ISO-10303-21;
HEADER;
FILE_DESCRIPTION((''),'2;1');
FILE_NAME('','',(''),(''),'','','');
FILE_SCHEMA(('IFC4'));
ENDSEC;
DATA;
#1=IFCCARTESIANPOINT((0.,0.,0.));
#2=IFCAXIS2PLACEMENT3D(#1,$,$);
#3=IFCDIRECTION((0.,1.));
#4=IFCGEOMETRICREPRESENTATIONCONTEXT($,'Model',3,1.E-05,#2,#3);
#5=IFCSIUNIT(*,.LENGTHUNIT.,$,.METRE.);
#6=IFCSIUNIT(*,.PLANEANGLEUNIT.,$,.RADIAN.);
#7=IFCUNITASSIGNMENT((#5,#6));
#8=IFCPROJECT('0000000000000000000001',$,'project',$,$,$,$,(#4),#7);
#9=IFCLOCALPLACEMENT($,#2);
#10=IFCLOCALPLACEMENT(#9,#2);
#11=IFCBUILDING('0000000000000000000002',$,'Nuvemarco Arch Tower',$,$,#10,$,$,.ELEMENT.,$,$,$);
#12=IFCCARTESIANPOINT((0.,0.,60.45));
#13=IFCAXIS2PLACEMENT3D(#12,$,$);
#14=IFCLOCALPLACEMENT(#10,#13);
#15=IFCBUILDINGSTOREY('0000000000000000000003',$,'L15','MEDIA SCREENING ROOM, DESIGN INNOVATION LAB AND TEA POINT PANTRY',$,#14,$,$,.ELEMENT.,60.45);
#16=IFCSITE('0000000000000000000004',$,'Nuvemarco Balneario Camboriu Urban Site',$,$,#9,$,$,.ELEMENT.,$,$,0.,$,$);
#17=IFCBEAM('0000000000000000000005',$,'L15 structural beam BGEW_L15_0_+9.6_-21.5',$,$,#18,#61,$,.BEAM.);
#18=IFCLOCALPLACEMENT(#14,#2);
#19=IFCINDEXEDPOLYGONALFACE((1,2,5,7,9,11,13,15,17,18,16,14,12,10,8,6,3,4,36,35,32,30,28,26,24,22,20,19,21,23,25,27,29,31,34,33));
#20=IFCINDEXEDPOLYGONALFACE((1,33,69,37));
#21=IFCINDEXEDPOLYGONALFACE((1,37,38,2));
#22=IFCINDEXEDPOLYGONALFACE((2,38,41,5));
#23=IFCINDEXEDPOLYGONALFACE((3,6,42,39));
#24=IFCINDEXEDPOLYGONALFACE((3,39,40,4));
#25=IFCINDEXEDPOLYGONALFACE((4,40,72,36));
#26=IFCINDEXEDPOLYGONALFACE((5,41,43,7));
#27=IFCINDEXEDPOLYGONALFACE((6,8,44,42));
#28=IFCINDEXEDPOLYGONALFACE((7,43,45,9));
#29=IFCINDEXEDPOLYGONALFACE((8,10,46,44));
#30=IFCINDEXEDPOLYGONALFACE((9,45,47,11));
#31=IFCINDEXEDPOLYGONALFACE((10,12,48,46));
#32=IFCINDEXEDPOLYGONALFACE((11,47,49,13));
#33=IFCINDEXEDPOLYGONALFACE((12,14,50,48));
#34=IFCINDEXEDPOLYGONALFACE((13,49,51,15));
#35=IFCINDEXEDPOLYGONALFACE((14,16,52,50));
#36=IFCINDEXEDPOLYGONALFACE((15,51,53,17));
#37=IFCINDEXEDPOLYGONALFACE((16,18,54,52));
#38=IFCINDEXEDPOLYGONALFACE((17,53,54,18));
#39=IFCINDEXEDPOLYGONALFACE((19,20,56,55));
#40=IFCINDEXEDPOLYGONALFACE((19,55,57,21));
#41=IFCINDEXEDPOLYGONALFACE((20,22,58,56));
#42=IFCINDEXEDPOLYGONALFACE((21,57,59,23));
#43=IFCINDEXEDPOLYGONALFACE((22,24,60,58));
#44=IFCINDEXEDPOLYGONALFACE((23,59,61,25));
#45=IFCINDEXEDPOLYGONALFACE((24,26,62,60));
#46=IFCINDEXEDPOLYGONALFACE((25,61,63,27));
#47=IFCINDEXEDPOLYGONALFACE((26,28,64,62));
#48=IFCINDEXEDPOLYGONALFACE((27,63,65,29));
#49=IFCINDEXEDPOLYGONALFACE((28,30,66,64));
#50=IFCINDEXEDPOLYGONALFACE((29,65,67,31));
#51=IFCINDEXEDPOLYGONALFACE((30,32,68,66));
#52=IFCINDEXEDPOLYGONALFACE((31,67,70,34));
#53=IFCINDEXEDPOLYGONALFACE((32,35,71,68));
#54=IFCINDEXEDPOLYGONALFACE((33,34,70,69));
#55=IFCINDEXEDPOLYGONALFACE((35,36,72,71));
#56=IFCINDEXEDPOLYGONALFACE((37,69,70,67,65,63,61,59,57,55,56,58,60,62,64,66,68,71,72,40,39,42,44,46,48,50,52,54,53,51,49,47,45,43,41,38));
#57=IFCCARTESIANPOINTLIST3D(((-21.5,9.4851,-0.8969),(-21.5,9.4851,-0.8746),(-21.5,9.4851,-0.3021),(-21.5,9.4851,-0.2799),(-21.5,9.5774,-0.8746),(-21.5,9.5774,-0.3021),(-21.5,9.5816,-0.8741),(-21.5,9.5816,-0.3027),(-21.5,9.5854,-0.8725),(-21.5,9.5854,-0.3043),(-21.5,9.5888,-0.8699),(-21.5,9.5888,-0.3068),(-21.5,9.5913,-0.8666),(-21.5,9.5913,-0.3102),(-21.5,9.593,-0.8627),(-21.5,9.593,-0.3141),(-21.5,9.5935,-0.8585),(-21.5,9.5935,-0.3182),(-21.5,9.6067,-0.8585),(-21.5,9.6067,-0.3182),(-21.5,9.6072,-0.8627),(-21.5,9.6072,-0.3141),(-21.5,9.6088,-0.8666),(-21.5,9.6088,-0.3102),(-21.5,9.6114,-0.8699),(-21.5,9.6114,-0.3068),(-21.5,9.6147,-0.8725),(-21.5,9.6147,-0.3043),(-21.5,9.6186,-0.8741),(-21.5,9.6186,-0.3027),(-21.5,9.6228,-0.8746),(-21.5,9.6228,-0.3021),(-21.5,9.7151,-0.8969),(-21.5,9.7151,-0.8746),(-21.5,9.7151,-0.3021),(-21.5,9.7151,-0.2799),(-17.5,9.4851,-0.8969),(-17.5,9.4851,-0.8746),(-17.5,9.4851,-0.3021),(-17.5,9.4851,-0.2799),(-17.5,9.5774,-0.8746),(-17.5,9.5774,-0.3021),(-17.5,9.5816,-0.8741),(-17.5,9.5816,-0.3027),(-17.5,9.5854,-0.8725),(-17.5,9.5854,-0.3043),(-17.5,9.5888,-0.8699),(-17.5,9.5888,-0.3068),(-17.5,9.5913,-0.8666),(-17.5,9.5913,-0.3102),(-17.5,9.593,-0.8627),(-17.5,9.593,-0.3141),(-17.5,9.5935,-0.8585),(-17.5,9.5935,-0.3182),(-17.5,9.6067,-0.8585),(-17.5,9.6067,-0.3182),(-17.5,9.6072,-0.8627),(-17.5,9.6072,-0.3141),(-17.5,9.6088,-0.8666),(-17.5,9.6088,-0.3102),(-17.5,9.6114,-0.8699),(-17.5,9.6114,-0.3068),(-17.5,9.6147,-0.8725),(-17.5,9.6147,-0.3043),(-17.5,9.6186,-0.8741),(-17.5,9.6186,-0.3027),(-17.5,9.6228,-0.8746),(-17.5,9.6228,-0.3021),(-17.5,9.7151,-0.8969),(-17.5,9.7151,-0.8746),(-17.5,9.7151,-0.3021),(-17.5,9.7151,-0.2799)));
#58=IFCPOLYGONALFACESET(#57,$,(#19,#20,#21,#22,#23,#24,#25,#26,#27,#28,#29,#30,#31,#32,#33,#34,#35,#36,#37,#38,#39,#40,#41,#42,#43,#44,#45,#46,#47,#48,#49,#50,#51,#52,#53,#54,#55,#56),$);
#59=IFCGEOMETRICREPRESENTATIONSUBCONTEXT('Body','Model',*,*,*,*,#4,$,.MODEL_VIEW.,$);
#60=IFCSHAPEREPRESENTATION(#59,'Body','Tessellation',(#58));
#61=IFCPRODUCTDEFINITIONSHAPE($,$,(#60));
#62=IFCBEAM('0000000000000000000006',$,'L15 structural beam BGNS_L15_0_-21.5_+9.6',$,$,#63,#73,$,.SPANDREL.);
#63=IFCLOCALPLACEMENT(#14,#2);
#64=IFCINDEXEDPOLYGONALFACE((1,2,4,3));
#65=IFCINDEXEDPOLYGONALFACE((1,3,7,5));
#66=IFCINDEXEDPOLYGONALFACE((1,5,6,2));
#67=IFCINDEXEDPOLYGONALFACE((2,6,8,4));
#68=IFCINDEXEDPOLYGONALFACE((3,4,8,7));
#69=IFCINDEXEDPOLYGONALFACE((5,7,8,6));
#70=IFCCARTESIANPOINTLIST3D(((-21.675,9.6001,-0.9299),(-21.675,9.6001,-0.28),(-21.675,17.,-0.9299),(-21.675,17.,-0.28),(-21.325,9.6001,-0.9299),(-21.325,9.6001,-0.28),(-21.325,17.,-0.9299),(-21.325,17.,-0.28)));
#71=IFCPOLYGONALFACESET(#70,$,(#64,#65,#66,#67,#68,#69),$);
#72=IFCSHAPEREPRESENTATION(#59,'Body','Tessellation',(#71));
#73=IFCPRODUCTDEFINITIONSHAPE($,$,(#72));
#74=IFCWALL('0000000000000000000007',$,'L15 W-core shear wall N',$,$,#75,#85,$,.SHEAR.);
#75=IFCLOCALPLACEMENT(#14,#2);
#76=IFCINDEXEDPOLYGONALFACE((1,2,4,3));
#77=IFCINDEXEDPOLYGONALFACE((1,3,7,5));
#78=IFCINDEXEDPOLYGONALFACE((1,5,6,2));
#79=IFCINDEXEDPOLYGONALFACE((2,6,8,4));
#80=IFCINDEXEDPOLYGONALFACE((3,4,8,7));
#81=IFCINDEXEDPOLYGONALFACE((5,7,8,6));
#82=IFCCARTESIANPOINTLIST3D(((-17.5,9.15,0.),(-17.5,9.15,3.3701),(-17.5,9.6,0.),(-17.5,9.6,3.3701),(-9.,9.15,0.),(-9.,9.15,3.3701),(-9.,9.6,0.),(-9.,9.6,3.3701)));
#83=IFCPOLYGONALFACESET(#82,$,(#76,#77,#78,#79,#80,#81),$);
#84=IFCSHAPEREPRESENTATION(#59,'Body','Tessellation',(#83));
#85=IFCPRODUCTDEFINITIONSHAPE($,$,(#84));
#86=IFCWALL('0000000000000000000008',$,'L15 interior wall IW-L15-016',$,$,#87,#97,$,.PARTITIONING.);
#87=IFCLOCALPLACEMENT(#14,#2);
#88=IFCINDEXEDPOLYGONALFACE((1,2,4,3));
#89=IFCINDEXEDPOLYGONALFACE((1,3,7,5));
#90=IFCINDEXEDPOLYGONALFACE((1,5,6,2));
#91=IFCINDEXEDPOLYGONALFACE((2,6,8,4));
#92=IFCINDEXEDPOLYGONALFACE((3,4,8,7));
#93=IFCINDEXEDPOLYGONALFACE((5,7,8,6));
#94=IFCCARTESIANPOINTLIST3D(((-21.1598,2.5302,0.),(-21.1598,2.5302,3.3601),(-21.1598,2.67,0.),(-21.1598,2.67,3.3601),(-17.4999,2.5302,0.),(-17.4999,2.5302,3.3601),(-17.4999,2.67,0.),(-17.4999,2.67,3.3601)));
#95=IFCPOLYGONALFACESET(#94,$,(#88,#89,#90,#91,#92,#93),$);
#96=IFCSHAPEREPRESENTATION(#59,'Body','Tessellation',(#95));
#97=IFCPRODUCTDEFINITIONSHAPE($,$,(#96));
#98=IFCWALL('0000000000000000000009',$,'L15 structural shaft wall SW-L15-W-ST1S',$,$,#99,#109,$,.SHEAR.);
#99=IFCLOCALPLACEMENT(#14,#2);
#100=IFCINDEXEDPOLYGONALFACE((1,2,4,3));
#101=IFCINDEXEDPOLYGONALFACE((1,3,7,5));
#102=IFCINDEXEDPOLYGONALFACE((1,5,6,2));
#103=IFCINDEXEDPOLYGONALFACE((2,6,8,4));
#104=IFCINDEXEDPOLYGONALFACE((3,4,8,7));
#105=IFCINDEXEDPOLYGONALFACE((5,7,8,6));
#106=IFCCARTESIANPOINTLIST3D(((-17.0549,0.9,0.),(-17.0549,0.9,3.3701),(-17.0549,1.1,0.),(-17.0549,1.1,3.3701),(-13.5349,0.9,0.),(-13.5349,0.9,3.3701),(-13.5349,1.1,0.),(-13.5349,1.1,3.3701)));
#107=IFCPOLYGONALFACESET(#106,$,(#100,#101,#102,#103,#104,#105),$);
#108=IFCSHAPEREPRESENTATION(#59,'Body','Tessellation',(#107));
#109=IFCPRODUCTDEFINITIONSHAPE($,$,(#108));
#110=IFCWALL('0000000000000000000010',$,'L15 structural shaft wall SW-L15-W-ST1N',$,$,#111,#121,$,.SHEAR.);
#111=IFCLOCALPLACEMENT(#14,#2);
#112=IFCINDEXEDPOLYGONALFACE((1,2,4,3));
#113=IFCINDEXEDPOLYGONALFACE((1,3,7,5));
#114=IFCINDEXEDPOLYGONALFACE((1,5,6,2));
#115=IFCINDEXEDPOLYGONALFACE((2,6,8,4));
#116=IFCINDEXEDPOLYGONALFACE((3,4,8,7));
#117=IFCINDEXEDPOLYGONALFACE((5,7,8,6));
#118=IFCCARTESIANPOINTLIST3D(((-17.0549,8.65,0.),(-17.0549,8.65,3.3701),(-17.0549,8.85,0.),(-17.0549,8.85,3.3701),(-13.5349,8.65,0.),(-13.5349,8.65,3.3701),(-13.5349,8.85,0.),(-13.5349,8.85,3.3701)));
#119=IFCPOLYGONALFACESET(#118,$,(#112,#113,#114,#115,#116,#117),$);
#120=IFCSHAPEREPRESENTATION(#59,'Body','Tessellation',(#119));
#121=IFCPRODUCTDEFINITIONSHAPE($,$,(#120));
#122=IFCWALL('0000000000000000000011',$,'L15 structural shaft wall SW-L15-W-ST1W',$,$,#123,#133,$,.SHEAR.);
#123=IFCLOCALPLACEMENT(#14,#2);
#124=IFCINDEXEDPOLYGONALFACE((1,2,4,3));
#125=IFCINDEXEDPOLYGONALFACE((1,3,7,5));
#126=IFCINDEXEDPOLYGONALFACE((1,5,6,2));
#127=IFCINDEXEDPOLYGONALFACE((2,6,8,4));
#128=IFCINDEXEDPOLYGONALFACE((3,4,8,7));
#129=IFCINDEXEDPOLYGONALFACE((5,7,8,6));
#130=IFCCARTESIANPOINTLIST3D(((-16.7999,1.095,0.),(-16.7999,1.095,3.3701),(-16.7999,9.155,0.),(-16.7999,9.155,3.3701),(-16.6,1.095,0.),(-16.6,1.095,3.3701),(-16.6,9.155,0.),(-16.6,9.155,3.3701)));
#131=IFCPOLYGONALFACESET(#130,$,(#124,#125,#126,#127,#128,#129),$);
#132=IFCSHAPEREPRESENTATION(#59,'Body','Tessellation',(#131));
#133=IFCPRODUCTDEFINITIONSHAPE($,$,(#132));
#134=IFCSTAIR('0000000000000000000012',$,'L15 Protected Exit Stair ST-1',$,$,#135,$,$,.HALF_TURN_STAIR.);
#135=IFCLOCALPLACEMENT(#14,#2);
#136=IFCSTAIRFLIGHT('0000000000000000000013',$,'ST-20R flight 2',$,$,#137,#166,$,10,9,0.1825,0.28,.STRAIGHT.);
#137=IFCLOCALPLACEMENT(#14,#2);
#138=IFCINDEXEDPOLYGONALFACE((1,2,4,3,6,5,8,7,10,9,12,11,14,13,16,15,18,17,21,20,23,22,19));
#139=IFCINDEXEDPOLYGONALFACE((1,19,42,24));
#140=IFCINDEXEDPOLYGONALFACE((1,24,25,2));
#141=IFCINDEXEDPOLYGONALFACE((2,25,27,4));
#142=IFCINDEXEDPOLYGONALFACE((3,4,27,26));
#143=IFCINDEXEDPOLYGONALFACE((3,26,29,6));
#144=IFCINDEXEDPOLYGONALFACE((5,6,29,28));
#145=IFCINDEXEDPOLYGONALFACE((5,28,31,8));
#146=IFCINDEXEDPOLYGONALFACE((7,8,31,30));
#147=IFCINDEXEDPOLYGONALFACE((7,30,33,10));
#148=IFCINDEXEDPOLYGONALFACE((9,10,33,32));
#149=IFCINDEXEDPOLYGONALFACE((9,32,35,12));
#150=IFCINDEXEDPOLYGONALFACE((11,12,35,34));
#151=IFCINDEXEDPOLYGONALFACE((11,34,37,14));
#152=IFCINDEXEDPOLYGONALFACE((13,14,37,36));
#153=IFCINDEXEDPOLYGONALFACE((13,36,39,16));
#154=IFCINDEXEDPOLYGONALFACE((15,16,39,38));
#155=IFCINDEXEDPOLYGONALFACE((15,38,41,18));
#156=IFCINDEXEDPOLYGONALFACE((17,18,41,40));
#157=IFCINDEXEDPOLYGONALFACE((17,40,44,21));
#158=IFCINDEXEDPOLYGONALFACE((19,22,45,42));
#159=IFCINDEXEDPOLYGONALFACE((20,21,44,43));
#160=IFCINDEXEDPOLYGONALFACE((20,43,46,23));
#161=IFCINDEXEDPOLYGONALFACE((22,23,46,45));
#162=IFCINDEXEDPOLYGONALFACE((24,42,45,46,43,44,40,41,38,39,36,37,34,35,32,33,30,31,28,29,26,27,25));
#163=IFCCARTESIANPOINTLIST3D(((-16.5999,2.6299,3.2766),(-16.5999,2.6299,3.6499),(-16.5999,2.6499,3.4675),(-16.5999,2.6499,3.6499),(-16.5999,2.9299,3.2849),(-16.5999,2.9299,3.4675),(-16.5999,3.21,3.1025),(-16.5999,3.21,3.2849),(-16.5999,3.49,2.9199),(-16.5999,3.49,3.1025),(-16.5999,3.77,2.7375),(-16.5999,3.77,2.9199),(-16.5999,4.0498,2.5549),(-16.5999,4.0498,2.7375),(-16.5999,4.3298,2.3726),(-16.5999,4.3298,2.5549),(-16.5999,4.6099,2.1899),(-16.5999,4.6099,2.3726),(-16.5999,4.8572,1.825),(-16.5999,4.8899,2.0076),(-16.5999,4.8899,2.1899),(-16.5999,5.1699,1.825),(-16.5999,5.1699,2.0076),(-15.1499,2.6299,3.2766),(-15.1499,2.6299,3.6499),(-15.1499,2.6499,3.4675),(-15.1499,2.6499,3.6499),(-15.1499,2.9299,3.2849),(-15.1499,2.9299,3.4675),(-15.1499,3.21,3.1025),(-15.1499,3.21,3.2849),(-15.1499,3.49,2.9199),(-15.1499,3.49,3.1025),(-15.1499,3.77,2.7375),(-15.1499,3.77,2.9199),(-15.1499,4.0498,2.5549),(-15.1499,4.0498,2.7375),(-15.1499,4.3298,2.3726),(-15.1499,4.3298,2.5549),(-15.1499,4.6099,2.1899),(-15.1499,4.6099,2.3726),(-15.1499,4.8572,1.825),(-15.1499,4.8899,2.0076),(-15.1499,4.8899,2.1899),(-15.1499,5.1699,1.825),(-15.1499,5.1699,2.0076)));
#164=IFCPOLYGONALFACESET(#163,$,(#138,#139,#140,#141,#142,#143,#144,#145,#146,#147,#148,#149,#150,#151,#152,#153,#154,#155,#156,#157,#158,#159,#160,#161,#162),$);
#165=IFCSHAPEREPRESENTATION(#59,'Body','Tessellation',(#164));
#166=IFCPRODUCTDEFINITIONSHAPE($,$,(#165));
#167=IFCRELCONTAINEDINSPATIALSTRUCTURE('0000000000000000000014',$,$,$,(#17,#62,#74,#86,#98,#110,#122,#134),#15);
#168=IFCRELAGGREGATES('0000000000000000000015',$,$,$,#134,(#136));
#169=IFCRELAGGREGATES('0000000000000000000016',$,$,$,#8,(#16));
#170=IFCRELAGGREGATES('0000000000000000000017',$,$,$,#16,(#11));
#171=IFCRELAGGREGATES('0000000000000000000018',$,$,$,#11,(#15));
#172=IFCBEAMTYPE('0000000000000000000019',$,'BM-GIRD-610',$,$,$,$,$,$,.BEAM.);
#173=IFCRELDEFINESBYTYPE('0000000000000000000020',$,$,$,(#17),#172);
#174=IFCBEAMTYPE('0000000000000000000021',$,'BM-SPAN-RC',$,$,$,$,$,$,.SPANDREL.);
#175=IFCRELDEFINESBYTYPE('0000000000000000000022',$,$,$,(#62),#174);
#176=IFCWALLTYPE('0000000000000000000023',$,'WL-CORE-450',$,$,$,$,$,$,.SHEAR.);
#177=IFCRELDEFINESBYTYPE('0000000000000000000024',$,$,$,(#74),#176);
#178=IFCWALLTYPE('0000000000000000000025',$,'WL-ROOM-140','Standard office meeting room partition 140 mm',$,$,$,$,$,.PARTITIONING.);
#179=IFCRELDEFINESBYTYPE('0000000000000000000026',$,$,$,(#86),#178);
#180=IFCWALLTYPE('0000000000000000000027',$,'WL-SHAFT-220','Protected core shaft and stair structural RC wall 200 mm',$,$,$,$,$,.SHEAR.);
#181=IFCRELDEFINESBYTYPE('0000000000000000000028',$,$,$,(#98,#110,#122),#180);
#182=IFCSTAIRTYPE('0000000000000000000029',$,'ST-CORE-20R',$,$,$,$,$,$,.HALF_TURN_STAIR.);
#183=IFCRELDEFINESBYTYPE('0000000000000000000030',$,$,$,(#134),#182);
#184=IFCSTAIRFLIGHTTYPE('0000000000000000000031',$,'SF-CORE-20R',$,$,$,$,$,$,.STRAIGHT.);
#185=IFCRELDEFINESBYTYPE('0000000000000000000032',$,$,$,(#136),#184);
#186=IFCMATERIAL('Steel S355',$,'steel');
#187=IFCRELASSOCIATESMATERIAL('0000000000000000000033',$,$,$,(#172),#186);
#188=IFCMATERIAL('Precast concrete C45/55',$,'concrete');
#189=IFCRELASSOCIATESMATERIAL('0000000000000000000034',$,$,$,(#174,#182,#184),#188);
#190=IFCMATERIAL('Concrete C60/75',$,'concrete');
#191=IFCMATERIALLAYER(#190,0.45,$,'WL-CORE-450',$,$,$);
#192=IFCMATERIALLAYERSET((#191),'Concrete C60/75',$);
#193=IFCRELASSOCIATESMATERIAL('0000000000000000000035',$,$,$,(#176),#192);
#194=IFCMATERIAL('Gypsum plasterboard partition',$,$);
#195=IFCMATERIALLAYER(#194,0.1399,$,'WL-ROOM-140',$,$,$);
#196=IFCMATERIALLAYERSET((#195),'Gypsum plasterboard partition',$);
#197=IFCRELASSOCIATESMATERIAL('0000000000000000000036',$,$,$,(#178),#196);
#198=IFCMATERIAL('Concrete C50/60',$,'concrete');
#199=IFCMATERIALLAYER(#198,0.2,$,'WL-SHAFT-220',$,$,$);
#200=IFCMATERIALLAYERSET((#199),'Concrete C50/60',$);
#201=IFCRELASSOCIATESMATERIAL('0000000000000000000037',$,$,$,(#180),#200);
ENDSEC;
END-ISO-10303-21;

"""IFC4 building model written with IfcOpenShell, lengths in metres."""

from ifc_helpers import new_model, si_unit, direction, frame, frame_2d, origin, origin_2d, place, context, subcontext, project, spatial, polyline, rectangle, i_section, outline, extrude, material, layer, layer_set, material_profile, profile_set, type_object, element, aggregate, save


model = new_model("IFC4")

# Units and contexts
model_context = context("Model", 3, precision=1e-05, world=origin(), true_north=direction((0.0, 1.0)))
body_context = subcontext(model_context, "Body", "Model", "MODEL_VIEW")
ifc_project = project(units=[si_unit("LENGTHUNIT", "METRE"), si_unit("PLANEANGLEUNIT", "RADIAN")], contexts=[model_context])

# Site, building, storey
site_placement = place(None, origin())
site = spatial("IfcSite", under=ifc_project, at=site_placement, Name="Nuvemarco Balneario Camboriu Urban Site", CompositionType="ELEMENT", RefElevation=0.0)
building_placement = place(site_placement, origin())
building = spatial("IfcBuilding", under=site, at=building_placement, Name="Nuvemarco Arch Tower", CompositionType="ELEMENT")
storey_placement = place(building_placement, frame((0.0, 0.0, 60.45)))
storey = spatial("IfcBuildingStorey", under=building, at=storey_placement, Name="L15", Description="MEDIA SCREENING ROOM, DESIGN INNOVATION LAB AND TEA POINT PANTRY", CompositionType="ELEMENT", Elevation=60.45)

# Shared definitions
ifc_material_1 = material(Name="Concrete C60/75", Category="concrete")

# Beams
ifc_material_2 = material(Name="Steel S355", Category="steel")
ifc_material_profile_1 = material_profile(ifc_material_2, i_section(OverallWidth=0.23, OverallDepth=0.6169, WebThickness=0.0132, FlangeThickness=0.0222, FilletRadius=0.0161, at=origin_2d()), Name="W610x140")
ifc_profile_set_1 = profile_set([ifc_material_profile_1], Name="Steel S355")
beam_type_1 = type_object("IfcBeamType", Name="BM-GIRD-610", PredefinedType="BEAM", material=ifc_profile_set_1)
for number, where, z_axis, x_axis, name in (
    (1, (-21.5, 9.6001, -0.5884), (1.0, 0.0, 0.0), (0.0, 1.0, 0.0), "L15 structural beam BGEW_L15_0_+9.6_-21.5"),
):
    element("IfcBeam", number, at=place(storey_placement, frame(where, z_axis=z_axis, x_axis=x_axis)), inside=storey, type_object=beam_type_1, Name=name, PredefinedType="BEAM", context=body_context, shape_type="SweptSolid", body=[
        extrude(i_section(OverallWidth=0.23, OverallDepth=0.6169, WebThickness=0.0132, FlangeThickness=0.0222, FilletRadius=0.0161, at=origin_2d()), origin(), (0.0, 0.0, 1.0), 4.0),
    ])
ifc_material_3 = material(Name="Precast concrete C45/55", Category="concrete")
ifc_material_profile_2 = material_profile(ifc_material_3, rectangle(XDim=0.3501, YDim=0.6499, at=origin_2d()), Name="PC-SP-350x650")
ifc_profile_set_2 = profile_set([ifc_material_profile_2], Name="Precast concrete C45/55")
beam_type_2 = type_object("IfcBeamType", Name="BM-SPAN-RC", PredefinedType="SPANDREL", material=ifc_profile_set_2)
beam_1_placement = place(storey_placement, frame((-21.5, 9.6001, -0.605), z_axis=(0.0, 1.0, 0.0), x_axis=(-1.0, 0.0, 0.0)))
element("IfcBeam", 2, at=beam_1_placement, inside=storey, type_object=beam_type_2, Name="L15 structural beam BGNS_L15_0_-21.5_+9.6", PredefinedType="SPANDREL", context=body_context, shape_type="SweptSolid", body=[
    extrude(rectangle(XDim=0.3501, YDim=0.6499, at=origin_2d()), origin(), (0.0, 0.0, 1.0), 7.3999),
])

# Walls
ifc_layer_1 = layer(ifc_material_1, 0.45, Name="WL-CORE-450")
ifc_layer_set_1 = layer_set([ifc_layer_1], Name="Concrete C60/75")
wall_type_1 = type_object("IfcWallType", Name="WL-CORE-450", PredefinedType="SHEAR", material=ifc_layer_set_1)
wall_1_placement = place(storey_placement, frame((-17.5, 9.375, 0.0), z_axis=(0.0, 0.0, 1.0), x_axis=(1.0, 0.0, 0.0)))
element("IfcWall", 3, at=wall_1_placement, inside=storey, type_object=wall_type_1, Name="L15 W-core shear wall N", PredefinedType="SHEAR", context=body_context, shape_type="SweptSolid", body=[
    extrude(rectangle(XDim=8.5, YDim=0.45, at=frame_2d((4.25, 0.0))), origin(), (0.0, 0.0, 1.0), 3.3701),
])
ifc_material_4 = material(Name="Gypsum plasterboard partition")
ifc_layer_2 = layer(ifc_material_4, 0.1399, Name="WL-ROOM-140")
ifc_layer_set_2 = layer_set([ifc_layer_2], Name="Gypsum plasterboard partition")
wall_type_2 = type_object("IfcWallType", Name="WL-ROOM-140", Description="Standard office meeting room partition 140 mm", PredefinedType="PARTITIONING", material=ifc_layer_set_2)
wall_2_placement = place(storey_placement, frame((-21.1599, 2.6001, 0.0), z_axis=(0.0, 0.0, 1.0), x_axis=(1.0, 0.0, 0.0)))
element("IfcWall", 4, at=wall_2_placement, inside=storey, type_object=wall_type_2, Name="L15 interior wall IW-L15-016", PredefinedType="PARTITIONING", context=body_context, shape_type="SweptSolid", body=[
    extrude(rectangle(XDim=3.6599, YDim=0.1399, at=frame_2d((1.8301, 0.0))), origin(), (0.0, 0.0, 1.0), 3.3601),
])
ifc_material_5 = material(Name="Concrete C50/60", Category="concrete")
ifc_layer_3 = layer(ifc_material_5, 0.2, Name="WL-SHAFT-220")
ifc_layer_set_3 = layer_set([ifc_layer_3], Name="Concrete C50/60")
wall_type_3 = type_object("IfcWallType", Name="WL-SHAFT-220", Description="Protected core shaft and stair structural RC wall 200 mm", PredefinedType="SHEAR", material=ifc_layer_set_3)
for number, where, z_axis, x_axis, name in (
    (5, (-17.0549, 1.0, 0.0), (0.0, 0.0, 1.0), (1.0, 0.0, 0.0), "L15 structural shaft wall SW-L15-W-ST1S"),
    (6, (-17.0549, 8.75, 0.0), (0.0, 0.0, 1.0), (1.0, 0.0, 0.0), "L15 structural shaft wall SW-L15-W-ST1N"),
):
    element("IfcWall", number, at=place(storey_placement, frame(where, z_axis=z_axis, x_axis=x_axis)), inside=storey, type_object=wall_type_3, Name=name, PredefinedType="SHEAR", context=body_context, shape_type="SweptSolid", body=[
        extrude(rectangle(XDim=3.52, YDim=0.2, at=frame_2d((1.76, 0.0))), origin(), (0.0, 0.0, 1.0), 3.3701),
    ])
wall_3_placement = place(storey_placement, frame((-16.7, 1.095, 0.0), z_axis=(0.0, 0.0, 1.0), x_axis=(0.0, 1.0, 0.0)))
element("IfcWall", 7, at=wall_3_placement, inside=storey, type_object=wall_type_3, Name="L15 structural shaft wall SW-L15-W-ST1W", PredefinedType="SHEAR", context=body_context, shape_type="SweptSolid", body=[
    extrude(rectangle(XDim=8.0601, YDim=0.2, at=frame_2d((4.03, 0.0))), origin(), (0.0, 0.0, 1.0), 3.3701),
])

# Stair, stair flight
stair_type = type_object("IfcStairType", Name="ST-CORE-20R", PredefinedType="HALF_TURN_STAIR", material=ifc_material_3)
stair_placement = place(storey_placement, origin())
stair = element("IfcStair", 8, at=stair_placement, inside=storey, type_object=stair_type, Name="L15 Protected Exit Stair ST-1", PredefinedType="HALF_TURN_STAIR")
stair_flight_type = type_object("IfcStairFlightType", Name="SF-CORE-20R", PredefinedType="STRAIGHT", material=ifc_material_3)
stair_flight_placement = place(storey_placement, frame((-15.875, 5.1699, 1.825), z_axis=(0.0, 0.0, 1.0), x_axis=(0.0, -1.0, 0.0)))
stair_flight = element("IfcStairFlight", 9, at=stair_flight_placement, type_object=stair_flight_type, Name="ST-20R flight 2", NumberOfRisers=10, NumberOfTreads=9, PredefinedType="STRAIGHT", RiserHeight=0.1825, TreadLength=0.28, context=body_context, shape_type="SweptSolid", body=[
    extrude(outline(polyline([(0.0, 0.0), (0.0, 0.1826), (0.28, 0.1826), (0.28, 0.365), (0.5601, 0.365), (0.5601, 0.5476), (0.8401, 0.5476), (0.8401, 0.73), (1.1201, 0.73), (1.1201, 0.9126), (1.3999, 0.9126), (1.3999, 1.095), (1.6799, 1.095), (1.6799, 1.2776), (1.96, 1.2776), (1.96, 1.46), (2.24, 1.46), (2.24, 1.6426), (2.52, 1.6426), (2.52, 1.825), (2.54, 1.825), (2.54, 1.4517), (0.3127, 0.0), (0.0, 0.0)])), frame((0.0, 0.7251, 0.0), z_axis=(0.0, -1.0, 0.0), x_axis=(1.0, 0.0, 0.0)), (0.0, 0.0, 1.0), 1.45),
])
aggregate(stair, [stair_flight])

save(model, "model.ifc")
